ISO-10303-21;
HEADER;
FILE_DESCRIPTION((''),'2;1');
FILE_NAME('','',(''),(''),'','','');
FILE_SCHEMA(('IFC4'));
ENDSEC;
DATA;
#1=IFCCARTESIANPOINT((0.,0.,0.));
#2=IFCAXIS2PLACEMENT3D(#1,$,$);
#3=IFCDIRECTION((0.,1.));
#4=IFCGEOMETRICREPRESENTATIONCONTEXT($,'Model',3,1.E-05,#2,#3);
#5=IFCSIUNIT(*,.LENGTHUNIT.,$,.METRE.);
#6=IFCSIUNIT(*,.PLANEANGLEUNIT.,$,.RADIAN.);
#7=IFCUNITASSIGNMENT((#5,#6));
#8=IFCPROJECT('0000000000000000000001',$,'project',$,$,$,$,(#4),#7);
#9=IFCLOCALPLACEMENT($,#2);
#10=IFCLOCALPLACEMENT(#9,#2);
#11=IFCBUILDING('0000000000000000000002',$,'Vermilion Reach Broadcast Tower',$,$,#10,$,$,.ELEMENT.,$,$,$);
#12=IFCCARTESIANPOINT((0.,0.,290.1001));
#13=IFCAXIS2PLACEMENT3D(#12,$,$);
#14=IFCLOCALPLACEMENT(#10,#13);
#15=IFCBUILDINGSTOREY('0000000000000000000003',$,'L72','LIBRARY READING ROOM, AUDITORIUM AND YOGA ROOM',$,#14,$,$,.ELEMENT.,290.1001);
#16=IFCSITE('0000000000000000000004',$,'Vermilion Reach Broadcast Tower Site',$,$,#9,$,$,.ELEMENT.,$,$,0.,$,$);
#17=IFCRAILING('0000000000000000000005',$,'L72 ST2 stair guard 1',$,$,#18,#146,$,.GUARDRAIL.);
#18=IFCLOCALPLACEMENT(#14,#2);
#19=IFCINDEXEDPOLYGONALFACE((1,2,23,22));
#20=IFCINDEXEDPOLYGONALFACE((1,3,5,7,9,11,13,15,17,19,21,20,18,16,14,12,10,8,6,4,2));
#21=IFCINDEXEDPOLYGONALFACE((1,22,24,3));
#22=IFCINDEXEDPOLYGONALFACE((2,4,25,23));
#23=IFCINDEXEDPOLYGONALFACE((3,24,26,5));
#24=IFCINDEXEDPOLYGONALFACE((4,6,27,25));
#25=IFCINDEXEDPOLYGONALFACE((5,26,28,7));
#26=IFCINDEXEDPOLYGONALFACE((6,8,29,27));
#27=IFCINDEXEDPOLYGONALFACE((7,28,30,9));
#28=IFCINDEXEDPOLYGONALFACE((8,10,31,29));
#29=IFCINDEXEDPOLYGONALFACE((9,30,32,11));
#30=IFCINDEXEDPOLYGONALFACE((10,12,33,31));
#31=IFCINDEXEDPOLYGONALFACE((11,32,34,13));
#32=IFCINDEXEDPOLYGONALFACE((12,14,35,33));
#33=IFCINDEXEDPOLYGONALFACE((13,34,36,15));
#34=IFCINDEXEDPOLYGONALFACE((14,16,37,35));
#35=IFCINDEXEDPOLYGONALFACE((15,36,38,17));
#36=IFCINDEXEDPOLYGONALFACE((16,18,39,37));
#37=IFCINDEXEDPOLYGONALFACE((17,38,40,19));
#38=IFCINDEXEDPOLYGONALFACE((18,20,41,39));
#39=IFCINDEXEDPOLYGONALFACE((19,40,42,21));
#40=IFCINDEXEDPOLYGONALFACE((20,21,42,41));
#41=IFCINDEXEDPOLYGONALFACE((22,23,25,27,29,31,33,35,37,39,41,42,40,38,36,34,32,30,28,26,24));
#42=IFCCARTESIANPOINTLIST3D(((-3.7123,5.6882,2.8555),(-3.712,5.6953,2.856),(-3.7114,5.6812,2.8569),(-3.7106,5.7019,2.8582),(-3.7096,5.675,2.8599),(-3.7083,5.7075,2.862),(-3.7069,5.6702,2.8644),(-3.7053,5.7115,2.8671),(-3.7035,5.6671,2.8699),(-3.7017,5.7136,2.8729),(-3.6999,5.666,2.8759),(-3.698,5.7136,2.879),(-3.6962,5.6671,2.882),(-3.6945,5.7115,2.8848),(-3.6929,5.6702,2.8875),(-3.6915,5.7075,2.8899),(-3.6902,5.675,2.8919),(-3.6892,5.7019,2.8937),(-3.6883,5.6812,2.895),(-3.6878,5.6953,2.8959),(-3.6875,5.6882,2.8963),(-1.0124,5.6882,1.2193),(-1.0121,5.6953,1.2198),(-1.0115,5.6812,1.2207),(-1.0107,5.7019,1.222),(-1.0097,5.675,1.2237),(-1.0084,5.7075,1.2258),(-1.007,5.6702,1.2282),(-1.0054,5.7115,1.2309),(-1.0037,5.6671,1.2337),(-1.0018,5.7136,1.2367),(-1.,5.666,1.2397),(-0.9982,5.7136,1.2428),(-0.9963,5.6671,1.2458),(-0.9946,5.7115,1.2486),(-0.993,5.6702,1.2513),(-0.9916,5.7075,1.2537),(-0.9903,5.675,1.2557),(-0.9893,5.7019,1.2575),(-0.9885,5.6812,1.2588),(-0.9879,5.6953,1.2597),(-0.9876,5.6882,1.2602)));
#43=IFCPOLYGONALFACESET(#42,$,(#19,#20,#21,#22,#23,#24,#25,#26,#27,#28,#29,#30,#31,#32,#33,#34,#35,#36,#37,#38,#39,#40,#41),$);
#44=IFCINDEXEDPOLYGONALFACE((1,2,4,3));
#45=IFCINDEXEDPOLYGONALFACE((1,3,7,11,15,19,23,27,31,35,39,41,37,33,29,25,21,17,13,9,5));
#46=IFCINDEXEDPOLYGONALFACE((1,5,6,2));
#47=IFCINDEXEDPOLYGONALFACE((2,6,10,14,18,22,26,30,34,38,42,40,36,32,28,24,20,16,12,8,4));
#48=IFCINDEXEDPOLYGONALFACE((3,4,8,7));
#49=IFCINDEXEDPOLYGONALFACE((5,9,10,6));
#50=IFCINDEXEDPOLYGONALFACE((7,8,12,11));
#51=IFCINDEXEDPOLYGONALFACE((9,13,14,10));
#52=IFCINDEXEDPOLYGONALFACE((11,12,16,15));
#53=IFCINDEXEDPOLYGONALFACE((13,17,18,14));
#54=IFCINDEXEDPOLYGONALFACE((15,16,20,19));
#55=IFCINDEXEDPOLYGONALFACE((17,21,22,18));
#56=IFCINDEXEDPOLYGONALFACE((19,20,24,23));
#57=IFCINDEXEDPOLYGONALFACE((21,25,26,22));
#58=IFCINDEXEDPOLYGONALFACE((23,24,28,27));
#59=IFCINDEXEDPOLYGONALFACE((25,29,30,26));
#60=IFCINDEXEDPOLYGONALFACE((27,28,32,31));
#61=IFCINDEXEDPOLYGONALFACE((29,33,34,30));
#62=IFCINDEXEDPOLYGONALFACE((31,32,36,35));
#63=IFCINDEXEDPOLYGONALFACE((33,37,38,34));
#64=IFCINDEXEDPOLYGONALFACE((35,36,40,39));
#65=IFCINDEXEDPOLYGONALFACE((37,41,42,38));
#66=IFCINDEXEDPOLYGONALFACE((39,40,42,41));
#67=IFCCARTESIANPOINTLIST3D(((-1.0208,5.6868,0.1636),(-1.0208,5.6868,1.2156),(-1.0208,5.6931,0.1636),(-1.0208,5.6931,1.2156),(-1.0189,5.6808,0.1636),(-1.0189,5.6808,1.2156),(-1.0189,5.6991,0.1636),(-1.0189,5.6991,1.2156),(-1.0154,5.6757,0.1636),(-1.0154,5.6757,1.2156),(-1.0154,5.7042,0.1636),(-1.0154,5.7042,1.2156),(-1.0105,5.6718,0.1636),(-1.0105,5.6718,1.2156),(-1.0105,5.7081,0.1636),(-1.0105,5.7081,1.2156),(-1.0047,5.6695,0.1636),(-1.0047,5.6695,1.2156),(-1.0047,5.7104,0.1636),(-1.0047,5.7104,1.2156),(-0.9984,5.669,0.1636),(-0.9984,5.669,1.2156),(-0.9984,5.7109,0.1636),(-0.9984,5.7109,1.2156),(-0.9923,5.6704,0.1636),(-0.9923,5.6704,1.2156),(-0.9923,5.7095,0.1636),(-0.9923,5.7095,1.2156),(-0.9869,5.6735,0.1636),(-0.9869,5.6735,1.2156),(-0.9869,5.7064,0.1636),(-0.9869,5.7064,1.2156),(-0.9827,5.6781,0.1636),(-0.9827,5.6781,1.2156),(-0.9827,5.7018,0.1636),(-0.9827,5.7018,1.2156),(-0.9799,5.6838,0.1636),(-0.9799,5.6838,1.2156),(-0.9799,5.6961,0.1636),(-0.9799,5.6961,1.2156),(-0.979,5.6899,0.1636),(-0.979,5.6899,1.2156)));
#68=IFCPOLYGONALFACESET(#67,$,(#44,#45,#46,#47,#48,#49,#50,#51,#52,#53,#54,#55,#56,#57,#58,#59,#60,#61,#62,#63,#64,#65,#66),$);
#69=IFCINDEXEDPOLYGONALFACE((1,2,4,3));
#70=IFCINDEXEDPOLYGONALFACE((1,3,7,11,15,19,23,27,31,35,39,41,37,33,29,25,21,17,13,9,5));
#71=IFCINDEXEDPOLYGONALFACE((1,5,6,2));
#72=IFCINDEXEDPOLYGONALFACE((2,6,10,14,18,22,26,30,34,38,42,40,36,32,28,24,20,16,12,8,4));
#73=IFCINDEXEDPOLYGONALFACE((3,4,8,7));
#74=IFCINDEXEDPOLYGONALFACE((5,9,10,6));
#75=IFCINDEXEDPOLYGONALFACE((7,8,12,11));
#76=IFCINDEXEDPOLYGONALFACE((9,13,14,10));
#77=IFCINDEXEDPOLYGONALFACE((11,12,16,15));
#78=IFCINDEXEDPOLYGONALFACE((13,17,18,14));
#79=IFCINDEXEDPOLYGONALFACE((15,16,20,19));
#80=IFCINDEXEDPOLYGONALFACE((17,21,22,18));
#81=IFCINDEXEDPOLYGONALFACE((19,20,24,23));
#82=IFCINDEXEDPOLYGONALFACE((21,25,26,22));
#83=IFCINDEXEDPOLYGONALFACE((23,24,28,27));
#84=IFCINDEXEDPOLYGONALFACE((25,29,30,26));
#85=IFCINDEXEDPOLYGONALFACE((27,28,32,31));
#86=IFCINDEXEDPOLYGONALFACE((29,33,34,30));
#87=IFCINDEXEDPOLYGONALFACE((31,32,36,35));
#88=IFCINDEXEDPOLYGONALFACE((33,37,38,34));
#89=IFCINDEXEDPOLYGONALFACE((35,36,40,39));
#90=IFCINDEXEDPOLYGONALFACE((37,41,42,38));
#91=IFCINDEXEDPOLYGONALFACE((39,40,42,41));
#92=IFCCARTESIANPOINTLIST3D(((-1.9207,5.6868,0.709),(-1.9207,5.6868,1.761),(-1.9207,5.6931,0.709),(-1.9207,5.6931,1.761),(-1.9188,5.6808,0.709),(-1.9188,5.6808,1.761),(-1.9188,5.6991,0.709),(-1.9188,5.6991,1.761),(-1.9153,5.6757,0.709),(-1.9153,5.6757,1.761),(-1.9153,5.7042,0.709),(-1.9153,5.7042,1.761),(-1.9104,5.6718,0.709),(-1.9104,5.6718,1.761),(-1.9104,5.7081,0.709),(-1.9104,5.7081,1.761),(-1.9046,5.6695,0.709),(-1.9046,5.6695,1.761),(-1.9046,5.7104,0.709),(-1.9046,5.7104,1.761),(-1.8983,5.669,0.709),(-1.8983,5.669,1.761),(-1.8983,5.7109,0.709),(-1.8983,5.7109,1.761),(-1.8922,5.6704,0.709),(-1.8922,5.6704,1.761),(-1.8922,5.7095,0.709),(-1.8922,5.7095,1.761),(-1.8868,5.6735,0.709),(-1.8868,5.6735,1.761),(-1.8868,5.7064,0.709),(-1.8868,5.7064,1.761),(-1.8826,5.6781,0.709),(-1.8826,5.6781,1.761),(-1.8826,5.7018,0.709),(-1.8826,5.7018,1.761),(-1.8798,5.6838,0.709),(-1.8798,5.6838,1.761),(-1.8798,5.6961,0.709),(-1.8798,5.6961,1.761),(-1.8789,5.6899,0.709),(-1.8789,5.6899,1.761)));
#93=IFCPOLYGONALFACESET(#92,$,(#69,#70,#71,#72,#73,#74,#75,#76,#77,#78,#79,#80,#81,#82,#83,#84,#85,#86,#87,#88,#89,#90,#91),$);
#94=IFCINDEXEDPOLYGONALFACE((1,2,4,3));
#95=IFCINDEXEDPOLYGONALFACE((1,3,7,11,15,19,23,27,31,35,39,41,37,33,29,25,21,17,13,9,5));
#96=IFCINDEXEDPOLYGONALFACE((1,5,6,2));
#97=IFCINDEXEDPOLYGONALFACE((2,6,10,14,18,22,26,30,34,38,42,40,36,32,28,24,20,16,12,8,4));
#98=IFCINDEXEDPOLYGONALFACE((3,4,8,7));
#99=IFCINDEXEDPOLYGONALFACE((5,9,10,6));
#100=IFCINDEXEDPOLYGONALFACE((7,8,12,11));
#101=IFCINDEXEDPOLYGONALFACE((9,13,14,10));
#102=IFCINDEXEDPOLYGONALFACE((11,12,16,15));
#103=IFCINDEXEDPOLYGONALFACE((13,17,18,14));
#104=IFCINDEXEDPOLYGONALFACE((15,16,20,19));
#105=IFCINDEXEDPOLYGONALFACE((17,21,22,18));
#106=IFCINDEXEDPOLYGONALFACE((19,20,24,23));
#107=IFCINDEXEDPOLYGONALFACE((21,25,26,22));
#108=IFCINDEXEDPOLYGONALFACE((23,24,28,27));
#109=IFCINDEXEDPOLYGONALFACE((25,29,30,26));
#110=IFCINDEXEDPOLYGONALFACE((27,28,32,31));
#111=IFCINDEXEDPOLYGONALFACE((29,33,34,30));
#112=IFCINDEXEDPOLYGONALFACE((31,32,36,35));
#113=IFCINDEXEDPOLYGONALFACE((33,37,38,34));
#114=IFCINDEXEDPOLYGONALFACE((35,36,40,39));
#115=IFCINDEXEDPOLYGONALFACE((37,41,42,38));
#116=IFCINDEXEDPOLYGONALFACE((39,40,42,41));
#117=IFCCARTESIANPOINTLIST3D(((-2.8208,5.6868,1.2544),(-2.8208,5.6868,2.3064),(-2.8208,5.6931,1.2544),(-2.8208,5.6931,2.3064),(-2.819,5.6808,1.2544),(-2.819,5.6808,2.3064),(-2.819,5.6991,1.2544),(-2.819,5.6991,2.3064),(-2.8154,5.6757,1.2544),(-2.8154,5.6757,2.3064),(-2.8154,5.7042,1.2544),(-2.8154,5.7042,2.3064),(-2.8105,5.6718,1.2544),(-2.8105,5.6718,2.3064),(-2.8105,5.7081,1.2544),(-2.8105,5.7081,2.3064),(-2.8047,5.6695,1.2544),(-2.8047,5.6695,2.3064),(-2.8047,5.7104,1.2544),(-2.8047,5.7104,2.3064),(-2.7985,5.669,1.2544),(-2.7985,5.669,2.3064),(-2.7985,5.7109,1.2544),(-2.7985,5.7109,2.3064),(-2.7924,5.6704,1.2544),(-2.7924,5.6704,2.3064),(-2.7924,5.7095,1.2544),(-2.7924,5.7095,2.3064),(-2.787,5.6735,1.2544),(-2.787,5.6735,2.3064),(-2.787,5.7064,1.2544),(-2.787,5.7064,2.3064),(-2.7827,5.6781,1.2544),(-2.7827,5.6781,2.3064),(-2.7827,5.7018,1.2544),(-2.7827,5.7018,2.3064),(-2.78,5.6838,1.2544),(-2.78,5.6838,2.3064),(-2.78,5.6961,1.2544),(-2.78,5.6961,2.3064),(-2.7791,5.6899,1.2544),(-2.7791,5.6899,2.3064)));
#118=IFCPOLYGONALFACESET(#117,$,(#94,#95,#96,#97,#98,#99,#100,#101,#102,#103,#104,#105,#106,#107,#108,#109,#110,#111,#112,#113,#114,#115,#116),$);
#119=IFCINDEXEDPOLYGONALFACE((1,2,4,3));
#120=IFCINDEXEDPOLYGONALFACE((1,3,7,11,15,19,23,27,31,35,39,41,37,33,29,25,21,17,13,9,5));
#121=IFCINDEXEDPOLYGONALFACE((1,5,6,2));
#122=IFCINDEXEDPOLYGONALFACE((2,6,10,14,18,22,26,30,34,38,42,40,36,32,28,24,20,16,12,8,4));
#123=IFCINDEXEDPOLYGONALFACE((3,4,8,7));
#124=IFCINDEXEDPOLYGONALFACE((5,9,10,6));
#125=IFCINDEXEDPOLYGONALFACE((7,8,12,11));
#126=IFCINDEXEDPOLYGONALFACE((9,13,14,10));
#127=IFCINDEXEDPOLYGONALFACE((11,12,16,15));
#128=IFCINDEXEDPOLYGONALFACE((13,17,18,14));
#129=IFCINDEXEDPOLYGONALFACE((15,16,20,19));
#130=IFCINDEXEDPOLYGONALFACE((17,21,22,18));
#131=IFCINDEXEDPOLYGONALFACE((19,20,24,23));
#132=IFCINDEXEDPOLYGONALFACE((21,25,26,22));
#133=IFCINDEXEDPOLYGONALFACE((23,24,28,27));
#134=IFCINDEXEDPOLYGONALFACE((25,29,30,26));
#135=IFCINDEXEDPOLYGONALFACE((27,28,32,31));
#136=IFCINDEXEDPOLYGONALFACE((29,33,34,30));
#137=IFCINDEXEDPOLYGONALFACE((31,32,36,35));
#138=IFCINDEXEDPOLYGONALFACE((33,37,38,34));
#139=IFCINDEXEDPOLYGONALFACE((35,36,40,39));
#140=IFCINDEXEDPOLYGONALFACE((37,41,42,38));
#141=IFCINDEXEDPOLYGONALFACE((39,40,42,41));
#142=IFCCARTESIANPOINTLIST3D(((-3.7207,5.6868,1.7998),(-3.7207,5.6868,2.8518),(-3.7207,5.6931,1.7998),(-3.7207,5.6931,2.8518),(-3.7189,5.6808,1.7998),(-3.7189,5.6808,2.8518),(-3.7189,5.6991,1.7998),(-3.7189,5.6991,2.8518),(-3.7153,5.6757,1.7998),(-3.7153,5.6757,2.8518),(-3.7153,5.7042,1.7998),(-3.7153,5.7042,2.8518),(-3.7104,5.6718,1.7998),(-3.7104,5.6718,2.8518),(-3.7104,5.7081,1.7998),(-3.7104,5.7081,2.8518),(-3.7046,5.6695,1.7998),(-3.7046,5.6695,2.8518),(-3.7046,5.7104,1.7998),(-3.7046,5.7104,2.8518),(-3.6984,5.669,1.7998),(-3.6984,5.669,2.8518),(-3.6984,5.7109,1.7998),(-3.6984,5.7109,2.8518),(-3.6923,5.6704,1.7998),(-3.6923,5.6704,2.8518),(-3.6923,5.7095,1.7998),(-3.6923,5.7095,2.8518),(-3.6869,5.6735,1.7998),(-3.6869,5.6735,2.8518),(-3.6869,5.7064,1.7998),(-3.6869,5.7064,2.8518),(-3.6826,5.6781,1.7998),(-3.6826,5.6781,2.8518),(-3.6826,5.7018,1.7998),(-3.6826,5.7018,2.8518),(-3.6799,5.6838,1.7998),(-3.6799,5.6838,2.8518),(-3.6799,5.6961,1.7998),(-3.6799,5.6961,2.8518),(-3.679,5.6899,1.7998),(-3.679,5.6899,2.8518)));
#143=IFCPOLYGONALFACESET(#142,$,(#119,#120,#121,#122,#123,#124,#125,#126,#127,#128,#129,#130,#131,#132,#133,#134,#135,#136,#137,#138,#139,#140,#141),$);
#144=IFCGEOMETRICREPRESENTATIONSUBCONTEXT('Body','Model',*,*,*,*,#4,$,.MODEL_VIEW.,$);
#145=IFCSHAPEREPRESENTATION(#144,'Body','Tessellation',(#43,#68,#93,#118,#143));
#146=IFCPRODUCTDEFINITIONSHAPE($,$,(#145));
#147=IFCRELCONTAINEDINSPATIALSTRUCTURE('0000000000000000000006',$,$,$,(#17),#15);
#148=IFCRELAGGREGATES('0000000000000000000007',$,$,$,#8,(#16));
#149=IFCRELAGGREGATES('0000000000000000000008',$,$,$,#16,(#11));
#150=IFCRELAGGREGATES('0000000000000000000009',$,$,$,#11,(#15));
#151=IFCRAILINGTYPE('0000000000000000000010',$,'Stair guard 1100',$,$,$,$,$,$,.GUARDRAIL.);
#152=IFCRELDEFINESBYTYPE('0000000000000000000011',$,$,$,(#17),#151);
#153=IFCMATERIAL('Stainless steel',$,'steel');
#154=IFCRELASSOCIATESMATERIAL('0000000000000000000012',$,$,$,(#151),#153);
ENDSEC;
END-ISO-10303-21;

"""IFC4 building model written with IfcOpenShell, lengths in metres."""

from ifc_helpers import new_model, si_unit, direction, frame, origin, origin_2d, place, context, subcontext, project, spatial, circle, extrude, material, type_object, element, save


model = new_model("IFC4")

# Units and contexts
model_context = context("Model", 3, precision=1e-05, world=origin(), true_north=direction((0.0, 1.0)))
body_context = subcontext(model_context, "Body", "Model", "MODEL_VIEW")
ifc_project = project(units=[si_unit("LENGTHUNIT", "METRE"), si_unit("PLANEANGLEUNIT", "RADIAN")], contexts=[model_context])

# Site, building, storey
site_placement = place(None, origin())
site = spatial("IfcSite", under=ifc_project, at=site_placement, Name="Vermilion Reach Broadcast Tower Site", CompositionType="ELEMENT", RefElevation=0.0)
building_placement = place(site_placement, origin())
building = spatial("IfcBuilding", under=site, at=building_placement, Name="Vermilion Reach Broadcast Tower", CompositionType="ELEMENT")
storey_placement = place(building_placement, frame((0.0, 0.0, 290.1001)))
storey = spatial("IfcBuildingStorey", under=building, at=storey_placement, Name="L72", Description="LIBRARY READING ROOM, AUDITORIUM AND YOGA ROOM", CompositionType="ELEMENT", Elevation=290.1001)

# Railing
ifc_material_1 = material(Name="Stainless steel", Category="steel")
railing_type_1 = type_object("IfcRailingType", Name="Stair guard 1100", PredefinedType="GUARDRAIL", material=ifc_material_1)
railing_1_placement = place(storey_placement, frame((-1.0, 5.6899, 0.1636)))
element("IfcRailing", 1, at=railing_1_placement, inside=storey, type_object=railing_type_1, Name="L72 ST2 stair guard 1", PredefinedType="GUARDRAIL", context=body_context, shape_type="SweptSolid", body=[
    extrude(circle(Radius=0.0239, at=origin_2d()), frame((0.0, 0.0, 1.0762), z_axis=(-0.855212, 0.0, 0.518278), x_axis=(0.0, -1.0, 0.0)), (0.0, 0.0, 1.0), 3.157),
    extrude(circle(Radius=0.021, at=origin_2d()), origin(), (0.0, 0.0, 1.0), 1.052),
    extrude(circle(Radius=0.021, at=origin_2d()), frame((-0.8999, 0.0, 0.5454)), (0.0, 0.0, 1.0), 1.052),
    extrude(circle(Radius=0.021, at=origin_2d()), frame((-1.8, 0.0, 1.0908)), (0.0, 0.0, 1.0), 1.052),
    extrude(circle(Radius=0.021, at=origin_2d()), frame((-2.7, 0.0, 1.6362)), (0.0, 0.0, 1.0), 1.052),
])

save(model, "model.ifc")
